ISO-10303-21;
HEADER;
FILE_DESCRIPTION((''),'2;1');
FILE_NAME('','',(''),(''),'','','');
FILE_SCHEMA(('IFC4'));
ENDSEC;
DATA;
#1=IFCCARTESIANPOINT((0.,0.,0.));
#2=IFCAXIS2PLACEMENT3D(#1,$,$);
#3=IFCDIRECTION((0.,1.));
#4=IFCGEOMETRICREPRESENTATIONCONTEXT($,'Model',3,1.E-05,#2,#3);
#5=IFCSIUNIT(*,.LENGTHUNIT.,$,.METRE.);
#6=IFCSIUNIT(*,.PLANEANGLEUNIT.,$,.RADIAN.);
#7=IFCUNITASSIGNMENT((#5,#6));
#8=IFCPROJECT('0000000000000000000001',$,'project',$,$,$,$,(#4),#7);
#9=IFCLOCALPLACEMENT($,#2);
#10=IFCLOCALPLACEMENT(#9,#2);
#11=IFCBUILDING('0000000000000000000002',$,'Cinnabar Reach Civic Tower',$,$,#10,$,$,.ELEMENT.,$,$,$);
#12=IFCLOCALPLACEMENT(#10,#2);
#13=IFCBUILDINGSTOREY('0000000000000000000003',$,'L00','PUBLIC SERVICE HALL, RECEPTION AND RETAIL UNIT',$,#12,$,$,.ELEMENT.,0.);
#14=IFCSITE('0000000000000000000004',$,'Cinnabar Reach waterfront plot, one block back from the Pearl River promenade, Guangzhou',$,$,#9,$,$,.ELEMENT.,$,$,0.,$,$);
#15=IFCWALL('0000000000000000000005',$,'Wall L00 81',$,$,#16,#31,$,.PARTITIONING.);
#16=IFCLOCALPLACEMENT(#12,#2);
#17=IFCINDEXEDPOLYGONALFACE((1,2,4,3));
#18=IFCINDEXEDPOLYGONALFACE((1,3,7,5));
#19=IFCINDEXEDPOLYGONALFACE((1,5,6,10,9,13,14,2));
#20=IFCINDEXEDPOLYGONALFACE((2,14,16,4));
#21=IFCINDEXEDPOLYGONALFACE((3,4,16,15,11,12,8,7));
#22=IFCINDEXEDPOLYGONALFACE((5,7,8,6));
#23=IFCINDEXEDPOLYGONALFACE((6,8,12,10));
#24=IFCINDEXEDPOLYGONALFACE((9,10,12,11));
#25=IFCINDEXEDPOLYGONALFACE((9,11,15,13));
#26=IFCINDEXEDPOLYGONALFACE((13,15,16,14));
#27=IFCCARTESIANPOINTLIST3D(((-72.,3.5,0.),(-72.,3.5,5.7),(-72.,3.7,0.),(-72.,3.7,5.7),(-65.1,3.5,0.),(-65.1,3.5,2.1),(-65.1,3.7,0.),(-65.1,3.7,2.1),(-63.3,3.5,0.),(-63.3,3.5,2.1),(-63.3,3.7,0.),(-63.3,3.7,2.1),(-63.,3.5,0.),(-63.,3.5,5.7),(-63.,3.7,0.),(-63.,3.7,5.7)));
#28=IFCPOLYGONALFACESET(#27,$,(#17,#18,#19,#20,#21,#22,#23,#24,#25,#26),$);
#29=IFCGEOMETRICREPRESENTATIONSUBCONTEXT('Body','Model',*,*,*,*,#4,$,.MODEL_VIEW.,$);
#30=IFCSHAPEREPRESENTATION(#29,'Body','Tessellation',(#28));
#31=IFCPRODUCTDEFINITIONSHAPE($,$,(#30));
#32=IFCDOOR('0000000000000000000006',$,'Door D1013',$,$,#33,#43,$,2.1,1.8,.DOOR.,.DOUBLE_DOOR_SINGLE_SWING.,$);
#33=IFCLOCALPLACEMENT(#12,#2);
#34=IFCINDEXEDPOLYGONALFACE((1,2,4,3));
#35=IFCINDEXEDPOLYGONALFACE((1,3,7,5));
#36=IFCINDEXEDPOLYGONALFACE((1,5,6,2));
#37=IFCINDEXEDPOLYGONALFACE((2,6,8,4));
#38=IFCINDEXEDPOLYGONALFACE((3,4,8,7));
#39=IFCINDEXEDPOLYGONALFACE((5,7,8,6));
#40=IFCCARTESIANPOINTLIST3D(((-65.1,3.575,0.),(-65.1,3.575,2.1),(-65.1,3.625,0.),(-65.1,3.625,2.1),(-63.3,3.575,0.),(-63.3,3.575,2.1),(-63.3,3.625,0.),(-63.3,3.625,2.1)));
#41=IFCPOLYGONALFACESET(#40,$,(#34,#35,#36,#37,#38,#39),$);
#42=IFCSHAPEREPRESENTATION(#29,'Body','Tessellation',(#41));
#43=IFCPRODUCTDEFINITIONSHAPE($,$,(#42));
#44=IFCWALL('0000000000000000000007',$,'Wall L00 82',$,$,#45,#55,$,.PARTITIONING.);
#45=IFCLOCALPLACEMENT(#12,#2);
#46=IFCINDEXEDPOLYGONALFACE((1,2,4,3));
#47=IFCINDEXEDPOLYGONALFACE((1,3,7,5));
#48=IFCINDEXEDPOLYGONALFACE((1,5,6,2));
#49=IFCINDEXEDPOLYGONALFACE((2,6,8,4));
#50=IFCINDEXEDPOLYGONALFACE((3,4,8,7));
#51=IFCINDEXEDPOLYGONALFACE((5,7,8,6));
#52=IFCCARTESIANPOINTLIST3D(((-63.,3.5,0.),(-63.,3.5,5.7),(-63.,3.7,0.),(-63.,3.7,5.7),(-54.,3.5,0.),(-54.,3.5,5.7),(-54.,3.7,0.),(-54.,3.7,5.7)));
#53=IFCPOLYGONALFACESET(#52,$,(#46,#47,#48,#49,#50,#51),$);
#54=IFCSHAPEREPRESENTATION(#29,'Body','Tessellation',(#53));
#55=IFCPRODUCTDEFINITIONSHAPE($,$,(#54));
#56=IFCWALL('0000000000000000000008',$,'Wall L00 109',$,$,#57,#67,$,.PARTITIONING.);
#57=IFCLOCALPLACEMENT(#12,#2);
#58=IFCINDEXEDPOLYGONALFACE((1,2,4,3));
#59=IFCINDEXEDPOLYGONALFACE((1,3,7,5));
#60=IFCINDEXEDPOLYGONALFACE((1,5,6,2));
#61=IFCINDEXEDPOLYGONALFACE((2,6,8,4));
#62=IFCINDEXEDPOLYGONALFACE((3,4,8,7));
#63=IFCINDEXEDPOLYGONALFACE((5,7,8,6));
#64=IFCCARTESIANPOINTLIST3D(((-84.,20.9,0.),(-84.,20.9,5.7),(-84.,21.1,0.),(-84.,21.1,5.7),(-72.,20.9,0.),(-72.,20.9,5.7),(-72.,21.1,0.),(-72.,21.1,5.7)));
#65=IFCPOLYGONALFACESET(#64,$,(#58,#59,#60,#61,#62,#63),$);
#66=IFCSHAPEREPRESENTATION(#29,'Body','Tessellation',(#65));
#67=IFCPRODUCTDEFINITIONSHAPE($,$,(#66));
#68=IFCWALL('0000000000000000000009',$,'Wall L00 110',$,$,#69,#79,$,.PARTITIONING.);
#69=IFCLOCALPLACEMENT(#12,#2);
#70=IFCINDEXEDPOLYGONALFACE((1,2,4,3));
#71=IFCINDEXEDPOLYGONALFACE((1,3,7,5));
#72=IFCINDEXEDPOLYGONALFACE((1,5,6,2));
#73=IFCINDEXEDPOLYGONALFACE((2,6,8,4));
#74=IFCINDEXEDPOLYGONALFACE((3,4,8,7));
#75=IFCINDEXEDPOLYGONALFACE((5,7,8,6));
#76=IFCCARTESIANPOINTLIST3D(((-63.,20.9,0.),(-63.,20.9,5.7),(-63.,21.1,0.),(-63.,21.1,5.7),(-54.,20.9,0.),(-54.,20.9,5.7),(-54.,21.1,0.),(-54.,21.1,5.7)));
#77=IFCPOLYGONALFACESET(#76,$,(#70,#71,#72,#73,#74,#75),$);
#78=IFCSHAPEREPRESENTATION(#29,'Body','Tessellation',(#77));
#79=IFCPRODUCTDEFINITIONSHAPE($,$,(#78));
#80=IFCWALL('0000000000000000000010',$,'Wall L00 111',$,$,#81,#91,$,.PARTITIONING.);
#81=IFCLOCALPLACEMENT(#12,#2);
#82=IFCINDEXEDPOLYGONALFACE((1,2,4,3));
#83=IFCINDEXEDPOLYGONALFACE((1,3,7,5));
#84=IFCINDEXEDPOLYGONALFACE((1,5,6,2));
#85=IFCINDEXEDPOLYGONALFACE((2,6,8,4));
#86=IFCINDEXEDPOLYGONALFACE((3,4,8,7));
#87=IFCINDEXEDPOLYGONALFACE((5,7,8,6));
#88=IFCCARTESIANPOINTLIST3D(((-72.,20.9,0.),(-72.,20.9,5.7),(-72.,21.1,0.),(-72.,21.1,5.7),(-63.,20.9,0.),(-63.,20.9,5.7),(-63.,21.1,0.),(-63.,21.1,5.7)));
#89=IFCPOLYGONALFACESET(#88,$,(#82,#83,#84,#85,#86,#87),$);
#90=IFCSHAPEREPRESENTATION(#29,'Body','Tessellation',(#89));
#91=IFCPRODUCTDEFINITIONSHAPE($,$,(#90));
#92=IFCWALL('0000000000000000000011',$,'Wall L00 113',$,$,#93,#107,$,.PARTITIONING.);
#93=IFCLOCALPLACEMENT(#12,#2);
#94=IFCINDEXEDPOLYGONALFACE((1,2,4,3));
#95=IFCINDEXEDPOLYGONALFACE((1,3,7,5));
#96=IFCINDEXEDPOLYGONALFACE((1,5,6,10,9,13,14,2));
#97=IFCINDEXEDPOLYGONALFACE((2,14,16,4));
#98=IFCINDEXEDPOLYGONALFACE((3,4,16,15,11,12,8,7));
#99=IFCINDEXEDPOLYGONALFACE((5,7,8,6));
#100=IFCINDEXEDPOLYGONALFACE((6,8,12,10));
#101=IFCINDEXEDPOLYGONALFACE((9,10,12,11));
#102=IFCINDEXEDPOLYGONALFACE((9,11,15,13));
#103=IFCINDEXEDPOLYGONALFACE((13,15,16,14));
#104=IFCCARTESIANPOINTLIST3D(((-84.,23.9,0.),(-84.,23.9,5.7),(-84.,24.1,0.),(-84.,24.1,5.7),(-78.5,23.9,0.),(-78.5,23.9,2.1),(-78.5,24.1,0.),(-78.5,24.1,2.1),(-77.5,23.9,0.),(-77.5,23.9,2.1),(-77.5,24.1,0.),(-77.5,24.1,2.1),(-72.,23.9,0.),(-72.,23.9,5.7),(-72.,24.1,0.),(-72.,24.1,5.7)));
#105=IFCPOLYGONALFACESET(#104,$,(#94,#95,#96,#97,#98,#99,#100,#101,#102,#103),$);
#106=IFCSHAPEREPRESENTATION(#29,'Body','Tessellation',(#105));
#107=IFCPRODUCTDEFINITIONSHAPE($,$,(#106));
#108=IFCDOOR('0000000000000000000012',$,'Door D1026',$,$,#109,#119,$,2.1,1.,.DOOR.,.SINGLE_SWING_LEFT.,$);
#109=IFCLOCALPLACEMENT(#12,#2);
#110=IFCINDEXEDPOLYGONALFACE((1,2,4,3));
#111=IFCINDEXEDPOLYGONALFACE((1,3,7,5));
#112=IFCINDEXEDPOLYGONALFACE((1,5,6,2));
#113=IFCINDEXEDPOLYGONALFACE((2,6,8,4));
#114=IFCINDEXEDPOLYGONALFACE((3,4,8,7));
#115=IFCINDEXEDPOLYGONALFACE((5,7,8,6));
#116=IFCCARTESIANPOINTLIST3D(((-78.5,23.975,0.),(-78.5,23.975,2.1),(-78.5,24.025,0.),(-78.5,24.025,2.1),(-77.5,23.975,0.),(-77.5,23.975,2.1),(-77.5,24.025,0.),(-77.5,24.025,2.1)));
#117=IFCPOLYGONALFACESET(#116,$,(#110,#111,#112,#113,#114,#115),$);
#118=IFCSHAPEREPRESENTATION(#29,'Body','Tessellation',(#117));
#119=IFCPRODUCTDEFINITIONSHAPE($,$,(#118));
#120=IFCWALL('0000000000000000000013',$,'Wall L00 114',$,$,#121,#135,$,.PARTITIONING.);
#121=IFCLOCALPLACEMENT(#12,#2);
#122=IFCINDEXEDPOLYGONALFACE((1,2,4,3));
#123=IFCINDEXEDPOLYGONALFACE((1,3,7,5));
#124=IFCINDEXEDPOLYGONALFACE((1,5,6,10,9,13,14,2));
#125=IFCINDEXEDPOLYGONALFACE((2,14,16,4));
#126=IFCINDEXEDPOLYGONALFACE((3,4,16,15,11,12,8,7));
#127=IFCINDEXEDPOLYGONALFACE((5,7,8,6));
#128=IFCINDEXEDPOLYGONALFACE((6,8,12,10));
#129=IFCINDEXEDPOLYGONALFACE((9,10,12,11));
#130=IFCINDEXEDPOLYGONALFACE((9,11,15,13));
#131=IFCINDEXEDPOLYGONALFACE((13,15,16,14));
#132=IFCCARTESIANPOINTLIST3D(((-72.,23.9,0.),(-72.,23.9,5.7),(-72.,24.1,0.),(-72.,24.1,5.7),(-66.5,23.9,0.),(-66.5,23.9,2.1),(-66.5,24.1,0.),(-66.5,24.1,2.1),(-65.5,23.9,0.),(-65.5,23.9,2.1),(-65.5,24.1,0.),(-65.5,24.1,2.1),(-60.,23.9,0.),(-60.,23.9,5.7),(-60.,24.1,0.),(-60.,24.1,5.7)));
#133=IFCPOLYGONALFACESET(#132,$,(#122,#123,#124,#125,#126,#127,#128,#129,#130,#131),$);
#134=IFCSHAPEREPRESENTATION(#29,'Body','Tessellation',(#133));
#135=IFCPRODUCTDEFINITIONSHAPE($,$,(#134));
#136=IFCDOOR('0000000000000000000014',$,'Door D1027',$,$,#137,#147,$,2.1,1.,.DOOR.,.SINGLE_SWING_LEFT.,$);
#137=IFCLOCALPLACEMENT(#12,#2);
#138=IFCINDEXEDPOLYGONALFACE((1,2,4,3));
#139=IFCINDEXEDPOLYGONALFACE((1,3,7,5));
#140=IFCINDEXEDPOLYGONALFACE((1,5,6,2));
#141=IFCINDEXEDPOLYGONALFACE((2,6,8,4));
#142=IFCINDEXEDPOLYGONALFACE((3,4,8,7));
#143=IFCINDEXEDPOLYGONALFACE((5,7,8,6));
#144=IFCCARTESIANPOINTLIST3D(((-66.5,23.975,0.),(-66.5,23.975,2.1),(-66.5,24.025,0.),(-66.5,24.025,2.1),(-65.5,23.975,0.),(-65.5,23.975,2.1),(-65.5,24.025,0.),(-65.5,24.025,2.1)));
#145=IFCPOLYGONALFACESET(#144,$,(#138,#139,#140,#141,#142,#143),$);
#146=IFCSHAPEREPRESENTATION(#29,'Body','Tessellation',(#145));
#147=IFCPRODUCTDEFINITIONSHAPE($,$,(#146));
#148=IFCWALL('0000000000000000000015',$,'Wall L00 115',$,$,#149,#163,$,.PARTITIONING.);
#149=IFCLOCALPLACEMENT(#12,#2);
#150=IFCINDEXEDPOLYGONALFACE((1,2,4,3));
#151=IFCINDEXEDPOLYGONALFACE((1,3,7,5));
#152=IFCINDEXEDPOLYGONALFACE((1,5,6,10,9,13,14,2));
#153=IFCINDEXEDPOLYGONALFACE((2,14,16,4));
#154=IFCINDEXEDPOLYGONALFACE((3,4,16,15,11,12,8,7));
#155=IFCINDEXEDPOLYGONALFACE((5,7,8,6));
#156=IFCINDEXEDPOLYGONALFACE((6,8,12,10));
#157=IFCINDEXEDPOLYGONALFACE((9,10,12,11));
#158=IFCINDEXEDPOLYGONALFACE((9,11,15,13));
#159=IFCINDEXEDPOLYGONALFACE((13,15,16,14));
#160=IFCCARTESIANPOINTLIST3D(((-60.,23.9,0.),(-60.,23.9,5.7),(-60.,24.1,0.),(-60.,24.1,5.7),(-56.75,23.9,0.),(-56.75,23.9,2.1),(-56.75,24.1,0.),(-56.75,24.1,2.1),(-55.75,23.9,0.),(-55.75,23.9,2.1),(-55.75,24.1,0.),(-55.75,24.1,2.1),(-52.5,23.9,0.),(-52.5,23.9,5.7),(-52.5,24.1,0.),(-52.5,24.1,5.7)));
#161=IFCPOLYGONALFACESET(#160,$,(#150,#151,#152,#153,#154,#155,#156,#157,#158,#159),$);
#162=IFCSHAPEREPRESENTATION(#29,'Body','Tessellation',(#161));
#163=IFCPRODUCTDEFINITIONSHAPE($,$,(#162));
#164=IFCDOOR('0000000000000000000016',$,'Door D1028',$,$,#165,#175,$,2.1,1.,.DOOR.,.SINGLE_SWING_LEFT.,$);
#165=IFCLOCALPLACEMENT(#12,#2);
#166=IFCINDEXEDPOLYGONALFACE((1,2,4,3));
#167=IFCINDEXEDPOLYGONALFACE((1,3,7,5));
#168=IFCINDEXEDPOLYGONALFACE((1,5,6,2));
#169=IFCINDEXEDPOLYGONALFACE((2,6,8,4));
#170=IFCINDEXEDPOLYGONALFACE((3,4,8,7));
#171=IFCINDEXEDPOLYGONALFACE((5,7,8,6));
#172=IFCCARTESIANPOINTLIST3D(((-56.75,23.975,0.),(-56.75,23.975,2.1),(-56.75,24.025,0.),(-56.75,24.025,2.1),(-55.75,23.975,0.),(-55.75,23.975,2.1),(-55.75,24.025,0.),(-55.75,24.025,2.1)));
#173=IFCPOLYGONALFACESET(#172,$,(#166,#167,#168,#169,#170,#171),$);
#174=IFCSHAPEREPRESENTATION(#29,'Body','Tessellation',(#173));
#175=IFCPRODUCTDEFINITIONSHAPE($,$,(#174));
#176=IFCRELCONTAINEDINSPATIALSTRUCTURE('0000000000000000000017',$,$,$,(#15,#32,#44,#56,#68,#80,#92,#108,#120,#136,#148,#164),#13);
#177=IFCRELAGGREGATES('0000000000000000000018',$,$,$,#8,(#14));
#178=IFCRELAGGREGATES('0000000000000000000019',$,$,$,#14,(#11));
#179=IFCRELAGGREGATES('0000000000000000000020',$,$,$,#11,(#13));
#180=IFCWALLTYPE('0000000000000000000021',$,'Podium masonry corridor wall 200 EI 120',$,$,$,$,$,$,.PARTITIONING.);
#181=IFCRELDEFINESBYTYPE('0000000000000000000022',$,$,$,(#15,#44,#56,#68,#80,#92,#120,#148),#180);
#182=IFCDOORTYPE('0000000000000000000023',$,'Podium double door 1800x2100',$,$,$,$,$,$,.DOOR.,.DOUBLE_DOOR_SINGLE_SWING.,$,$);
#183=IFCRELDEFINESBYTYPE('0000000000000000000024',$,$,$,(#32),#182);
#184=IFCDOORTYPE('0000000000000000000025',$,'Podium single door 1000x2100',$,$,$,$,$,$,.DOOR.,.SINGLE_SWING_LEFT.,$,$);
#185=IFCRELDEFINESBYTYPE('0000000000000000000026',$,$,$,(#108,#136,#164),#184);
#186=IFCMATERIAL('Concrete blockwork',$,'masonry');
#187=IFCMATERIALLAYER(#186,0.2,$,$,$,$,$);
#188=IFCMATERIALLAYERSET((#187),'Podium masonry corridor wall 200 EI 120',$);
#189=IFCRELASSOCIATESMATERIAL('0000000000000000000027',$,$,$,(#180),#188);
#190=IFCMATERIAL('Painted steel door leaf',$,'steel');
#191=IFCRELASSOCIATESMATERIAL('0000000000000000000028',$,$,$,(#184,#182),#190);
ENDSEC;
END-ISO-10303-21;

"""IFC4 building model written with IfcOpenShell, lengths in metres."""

from ifc_helpers import new_model, si_unit, direction, frame, frame_2d, origin, place, context, subcontext, project, spatial, rectangle, extrude, material, layer, layer_set, type_object, element, fill, save


model = new_model("IFC4")

# Units and contexts
model_context = context("Model", 3, precision=1e-05, world=origin(), true_north=direction((0.0, 1.0)))
body_context = subcontext(model_context, "Body", "Model", "MODEL_VIEW")
ifc_project = project(units=[si_unit("LENGTHUNIT", "METRE"), si_unit("PLANEANGLEUNIT", "RADIAN")], contexts=[model_context])

# Site, building, storey
site_placement = place(None, origin())
site = spatial("IfcSite", under=ifc_project, at=site_placement, Name="Cinnabar Reach waterfront plot, one block back from the Pearl River promenade, Guangzhou", CompositionType="ELEMENT", RefElevation=0.0)
building_placement = place(site_placement, origin())
building = spatial("IfcBuilding", under=site, at=building_placement, Name="Cinnabar Reach Civic Tower", CompositionType="ELEMENT")
storey_placement = place(building_placement, origin())
storey = spatial("IfcBuildingStorey", under=building, at=storey_placement, Name="L00", Description="PUBLIC SERVICE HALL, RECEPTION AND RETAIL UNIT", CompositionType="ELEMENT", Elevation=0.0)

# Wall, opening, door
ifc_material_1 = material(Name="Concrete blockwork", Category="masonry")
ifc_layer_1 = layer(ifc_material_1, 0.2)
ifc_layer_set_1 = layer_set([ifc_layer_1], Name="Podium masonry corridor wall 200 EI 120")
wall_type_1 = type_object("IfcWallType", Name="Podium masonry corridor wall 200 EI 120", PredefinedType="PARTITIONING", material=ifc_layer_set_1)
ifc_material_2 = material(Name="Painted steel door leaf", Category="steel")
door_type_1 = type_object("IfcDoorType", Name="Podium single door 1000x2100", OperationType="SINGLE_SWING_LEFT", PredefinedType="DOOR", material=ifc_material_2)
wall_1_placement = place(storey_placement, frame((-72.0, 3.6, 0.0), z_axis=(0.0, 0.0, 1.0), x_axis=(1.0, 0.0, 0.0)))
wall_1 = element("IfcWall", 1, at=wall_1_placement, inside=storey, type_object=wall_type_1, Name="Wall L00 81", PredefinedType="PARTITIONING", context=body_context, shape_type="SweptSolid", body=[
    extrude(rectangle(XDim=9.0, YDim=0.2, at=frame_2d((4.5, 0.0))), origin(), (0.0, 0.0, 1.0), 5.7),
])
opening_1_placement = place(wall_1_placement, frame((6.9, 0.0, 0.0)))
opening_1 = element("IfcOpeningElement", 2, at=opening_1_placement, cuts=wall_1, PredefinedType="OPENING", context=body_context, shape_type="SweptSolid", body=[
    extrude(rectangle(XDim=1.8, YDim=2.1, at=frame_2d((0.9, 1.05))), frame((0.0, 0.11, 0.0), z_axis=(0.0, -1.0, 0.0), x_axis=(1.0, 0.0, 0.0)), (0.0, 0.0, 1.0), 0.22),
])
door_type_2 = type_object("IfcDoorType", Name="Podium double door 1800x2100", OperationType="DOUBLE_DOOR_SINGLE_SWING", PredefinedType="DOOR", material=ifc_material_2)
door_1_placement = place(opening_1_placement, origin())
door_1 = element("IfcDoor", 3, at=door_1_placement, inside=storey, type_object=door_type_2, Name="Door D1013", OperationType="DOUBLE_DOOR_SINGLE_SWING", OverallHeight=2.1, OverallWidth=1.8, PredefinedType="DOOR", context=body_context, shape_type="SweptSolid", body=[
    extrude(rectangle(XDim=1.8, YDim=2.1, at=frame_2d((0.9, 1.05))), frame((0.0, 0.025, 0.0), z_axis=(0.0, -1.0, 0.0), x_axis=(1.0, 0.0, 0.0)), (0.0, 0.0, 1.0), 0.05),
])
fill(opening_1, door_1)

# Walls
wall_2_placement = place(storey_placement, frame((-63.0, 3.6, 0.0), z_axis=(0.0, 0.0, 1.0), x_axis=(1.0, 0.0, 0.0)))
element("IfcWall", 4, at=wall_2_placement, inside=storey, type_object=wall_type_1, Name="Wall L00 82", PredefinedType="PARTITIONING", context=body_context, shape_type="SweptSolid", body=[
    extrude(rectangle(XDim=9.0, YDim=0.2, at=frame_2d((4.5, 0.0))), origin(), (0.0, 0.0, 1.0), 5.7),
])
wall_3_placement = place(storey_placement, frame((-84.0, 21.0, 0.0), z_axis=(0.0, 0.0, 1.0), x_axis=(1.0, 0.0, 0.0)))
element("IfcWall", 5, at=wall_3_placement, inside=storey, type_object=wall_type_1, Name="Wall L00 109", PredefinedType="PARTITIONING", context=body_context, shape_type="SweptSolid", body=[
    extrude(rectangle(XDim=12.0, YDim=0.2, at=frame_2d((6.0, 0.0))), origin(), (0.0, 0.0, 1.0), 5.7),
])
for number, where, z_axis, x_axis, name in (
    (6, (-63.0, 21.0, 0.0), (0.0, 0.0, 1.0), (1.0, 0.0, 0.0), "Wall L00 110"),
    (7, (-72.0, 21.0, 0.0), (0.0, 0.0, 1.0), (1.0, 0.0, 0.0), "Wall L00 111"),
):
    element("IfcWall", number, at=place(storey_placement, frame(where, z_axis=z_axis, x_axis=x_axis)), inside=storey, type_object=wall_type_1, Name=name, PredefinedType="PARTITIONING", context=body_context, shape_type="SweptSolid", body=[
        extrude(rectangle(XDim=9.0, YDim=0.2, at=frame_2d((4.5, 0.0))), origin(), (0.0, 0.0, 1.0), 5.7),
    ])

# Walls, openings, doors
wall_4_placement = place(storey_placement, frame((-84.0, 24.0, 0.0), z_axis=(0.0, 0.0, 1.0), x_axis=(1.0, 0.0, 0.0)))
wall_4 = element("IfcWall", 8, at=wall_4_placement, inside=storey, type_object=wall_type_1, Name="Wall L00 113", PredefinedType="PARTITIONING", context=body_context, shape_type="SweptSolid", body=[
    extrude(rectangle(XDim=12.0, YDim=0.2, at=frame_2d((6.0, 0.0))), origin(), (0.0, 0.0, 1.0), 5.7),
])
opening_2_placement = place(wall_4_placement, frame((5.5, 0.0, 0.0)))
opening_2 = element("IfcOpeningElement", 9, at=opening_2_placement, cuts=wall_4, PredefinedType="OPENING", context=body_context, shape_type="SweptSolid", body=[
    extrude(rectangle(XDim=1.0, YDim=2.1, at=frame_2d((0.5, 1.05))), frame((0.0, 0.11, 0.0), z_axis=(0.0, -1.0, 0.0), x_axis=(1.0, 0.0, 0.0)), (0.0, 0.0, 1.0), 0.22),
])
door_2_placement = place(opening_2_placement, origin())
door_2 = element("IfcDoor", 10, at=door_2_placement, inside=storey, type_object=door_type_1, Name="Door D1026", OperationType="SINGLE_SWING_LEFT", OverallHeight=2.1, OverallWidth=1.0, PredefinedType="DOOR", context=body_context, shape_type="SweptSolid", body=[
    extrude(rectangle(XDim=1.0, YDim=2.1, at=frame_2d((0.5, 1.05))), frame((0.0, 0.025, 0.0), z_axis=(0.0, -1.0, 0.0), x_axis=(1.0, 0.0, 0.0)), (0.0, 0.0, 1.0), 0.05),
])
fill(opening_2, door_2)
wall_5_placement = place(storey_placement, frame((-72.0, 24.0, 0.0), z_axis=(0.0, 0.0, 1.0), x_axis=(1.0, 0.0, 0.0)))
wall_5 = element("IfcWall", 11, at=wall_5_placement, inside=storey, type_object=wall_type_1, Name="Wall L00 114", PredefinedType="PARTITIONING", context=body_context, shape_type="SweptSolid", body=[
    extrude(rectangle(XDim=12.0, YDim=0.2, at=frame_2d((6.0, 0.0))), origin(), (0.0, 0.0, 1.0), 5.7),
])
opening_3_placement = place(wall_5_placement, frame((5.5, 0.0, 0.0)))
opening_3 = element("IfcOpeningElement", 12, at=opening_3_placement, cuts=wall_5, PredefinedType="OPENING", context=body_context, shape_type="SweptSolid", body=[
    extrude(rectangle(XDim=1.0, YDim=2.1, at=frame_2d((0.5, 1.05))), frame((0.0, 0.11, 0.0), z_axis=(0.0, -1.0, 0.0), x_axis=(1.0, 0.0, 0.0)), (0.0, 0.0, 1.0), 0.22),
])
door_3_placement = place(opening_3_placement, origin())
door_3 = element("IfcDoor", 13, at=door_3_placement, inside=storey, type_object=door_type_1, Name="Door D1027", OperationType="SINGLE_SWING_LEFT", OverallHeight=2.1, OverallWidth=1.0, PredefinedType="DOOR", context=body_context, shape_type="SweptSolid", body=[
    extrude(rectangle(XDim=1.0, YDim=2.1, at=frame_2d((0.5, 1.05))), frame((0.0, 0.025, 0.0), z_axis=(0.0, -1.0, 0.0), x_axis=(1.0, 0.0, 0.0)), (0.0, 0.0, 1.0), 0.05),
])
fill(opening_3, door_3)
wall_6_placement = place(storey_placement, frame((-60.0, 24.0, 0.0), z_axis=(0.0, 0.0, 1.0), x_axis=(1.0, 0.0, 0.0)))
wall_6 = element("IfcWall", 14, at=wall_6_placement, inside=storey, type_object=wall_type_1, Name="Wall L00 115", PredefinedType="PARTITIONING", context=body_context, shape_type="SweptSolid", body=[
    extrude(rectangle(XDim=7.5, YDim=0.2, at=frame_2d((3.75, 0.0))), origin(), (0.0, 0.0, 1.0), 5.7),
])
opening_4_placement = place(wall_6_placement, frame((3.25, 0.0, 0.0)))
opening_4 = element("IfcOpeningElement", 15, at=opening_4_placement, cuts=wall_6, PredefinedType="OPENING", context=body_context, shape_type="SweptSolid", body=[
    extrude(rectangle(XDim=1.0, YDim=2.1, at=frame_2d((0.5, 1.05))), frame((0.0, 0.11, 0.0), z_axis=(0.0, -1.0, 0.0), x_axis=(1.0, 0.0, 0.0)), (0.0, 0.0, 1.0), 0.22),
])
door_4_placement = place(opening_4_placement, origin())
door_4 = element("IfcDoor", 16, at=door_4_placement, inside=storey, type_object=door_type_1, Name="Door D1028", OperationType="SINGLE_SWING_LEFT", OverallHeight=2.1, OverallWidth=1.0, PredefinedType="DOOR", context=body_context, shape_type="SweptSolid", body=[
    extrude(rectangle(XDim=1.0, YDim=2.1, at=frame_2d((0.5, 1.05))), frame((0.0, 0.025, 0.0), z_axis=(0.0, -1.0, 0.0), x_axis=(1.0, 0.0, 0.0)), (0.0, 0.0, 1.0), 0.05),
])
fill(opening_4, door_4)

save(model, "model.ifc")
